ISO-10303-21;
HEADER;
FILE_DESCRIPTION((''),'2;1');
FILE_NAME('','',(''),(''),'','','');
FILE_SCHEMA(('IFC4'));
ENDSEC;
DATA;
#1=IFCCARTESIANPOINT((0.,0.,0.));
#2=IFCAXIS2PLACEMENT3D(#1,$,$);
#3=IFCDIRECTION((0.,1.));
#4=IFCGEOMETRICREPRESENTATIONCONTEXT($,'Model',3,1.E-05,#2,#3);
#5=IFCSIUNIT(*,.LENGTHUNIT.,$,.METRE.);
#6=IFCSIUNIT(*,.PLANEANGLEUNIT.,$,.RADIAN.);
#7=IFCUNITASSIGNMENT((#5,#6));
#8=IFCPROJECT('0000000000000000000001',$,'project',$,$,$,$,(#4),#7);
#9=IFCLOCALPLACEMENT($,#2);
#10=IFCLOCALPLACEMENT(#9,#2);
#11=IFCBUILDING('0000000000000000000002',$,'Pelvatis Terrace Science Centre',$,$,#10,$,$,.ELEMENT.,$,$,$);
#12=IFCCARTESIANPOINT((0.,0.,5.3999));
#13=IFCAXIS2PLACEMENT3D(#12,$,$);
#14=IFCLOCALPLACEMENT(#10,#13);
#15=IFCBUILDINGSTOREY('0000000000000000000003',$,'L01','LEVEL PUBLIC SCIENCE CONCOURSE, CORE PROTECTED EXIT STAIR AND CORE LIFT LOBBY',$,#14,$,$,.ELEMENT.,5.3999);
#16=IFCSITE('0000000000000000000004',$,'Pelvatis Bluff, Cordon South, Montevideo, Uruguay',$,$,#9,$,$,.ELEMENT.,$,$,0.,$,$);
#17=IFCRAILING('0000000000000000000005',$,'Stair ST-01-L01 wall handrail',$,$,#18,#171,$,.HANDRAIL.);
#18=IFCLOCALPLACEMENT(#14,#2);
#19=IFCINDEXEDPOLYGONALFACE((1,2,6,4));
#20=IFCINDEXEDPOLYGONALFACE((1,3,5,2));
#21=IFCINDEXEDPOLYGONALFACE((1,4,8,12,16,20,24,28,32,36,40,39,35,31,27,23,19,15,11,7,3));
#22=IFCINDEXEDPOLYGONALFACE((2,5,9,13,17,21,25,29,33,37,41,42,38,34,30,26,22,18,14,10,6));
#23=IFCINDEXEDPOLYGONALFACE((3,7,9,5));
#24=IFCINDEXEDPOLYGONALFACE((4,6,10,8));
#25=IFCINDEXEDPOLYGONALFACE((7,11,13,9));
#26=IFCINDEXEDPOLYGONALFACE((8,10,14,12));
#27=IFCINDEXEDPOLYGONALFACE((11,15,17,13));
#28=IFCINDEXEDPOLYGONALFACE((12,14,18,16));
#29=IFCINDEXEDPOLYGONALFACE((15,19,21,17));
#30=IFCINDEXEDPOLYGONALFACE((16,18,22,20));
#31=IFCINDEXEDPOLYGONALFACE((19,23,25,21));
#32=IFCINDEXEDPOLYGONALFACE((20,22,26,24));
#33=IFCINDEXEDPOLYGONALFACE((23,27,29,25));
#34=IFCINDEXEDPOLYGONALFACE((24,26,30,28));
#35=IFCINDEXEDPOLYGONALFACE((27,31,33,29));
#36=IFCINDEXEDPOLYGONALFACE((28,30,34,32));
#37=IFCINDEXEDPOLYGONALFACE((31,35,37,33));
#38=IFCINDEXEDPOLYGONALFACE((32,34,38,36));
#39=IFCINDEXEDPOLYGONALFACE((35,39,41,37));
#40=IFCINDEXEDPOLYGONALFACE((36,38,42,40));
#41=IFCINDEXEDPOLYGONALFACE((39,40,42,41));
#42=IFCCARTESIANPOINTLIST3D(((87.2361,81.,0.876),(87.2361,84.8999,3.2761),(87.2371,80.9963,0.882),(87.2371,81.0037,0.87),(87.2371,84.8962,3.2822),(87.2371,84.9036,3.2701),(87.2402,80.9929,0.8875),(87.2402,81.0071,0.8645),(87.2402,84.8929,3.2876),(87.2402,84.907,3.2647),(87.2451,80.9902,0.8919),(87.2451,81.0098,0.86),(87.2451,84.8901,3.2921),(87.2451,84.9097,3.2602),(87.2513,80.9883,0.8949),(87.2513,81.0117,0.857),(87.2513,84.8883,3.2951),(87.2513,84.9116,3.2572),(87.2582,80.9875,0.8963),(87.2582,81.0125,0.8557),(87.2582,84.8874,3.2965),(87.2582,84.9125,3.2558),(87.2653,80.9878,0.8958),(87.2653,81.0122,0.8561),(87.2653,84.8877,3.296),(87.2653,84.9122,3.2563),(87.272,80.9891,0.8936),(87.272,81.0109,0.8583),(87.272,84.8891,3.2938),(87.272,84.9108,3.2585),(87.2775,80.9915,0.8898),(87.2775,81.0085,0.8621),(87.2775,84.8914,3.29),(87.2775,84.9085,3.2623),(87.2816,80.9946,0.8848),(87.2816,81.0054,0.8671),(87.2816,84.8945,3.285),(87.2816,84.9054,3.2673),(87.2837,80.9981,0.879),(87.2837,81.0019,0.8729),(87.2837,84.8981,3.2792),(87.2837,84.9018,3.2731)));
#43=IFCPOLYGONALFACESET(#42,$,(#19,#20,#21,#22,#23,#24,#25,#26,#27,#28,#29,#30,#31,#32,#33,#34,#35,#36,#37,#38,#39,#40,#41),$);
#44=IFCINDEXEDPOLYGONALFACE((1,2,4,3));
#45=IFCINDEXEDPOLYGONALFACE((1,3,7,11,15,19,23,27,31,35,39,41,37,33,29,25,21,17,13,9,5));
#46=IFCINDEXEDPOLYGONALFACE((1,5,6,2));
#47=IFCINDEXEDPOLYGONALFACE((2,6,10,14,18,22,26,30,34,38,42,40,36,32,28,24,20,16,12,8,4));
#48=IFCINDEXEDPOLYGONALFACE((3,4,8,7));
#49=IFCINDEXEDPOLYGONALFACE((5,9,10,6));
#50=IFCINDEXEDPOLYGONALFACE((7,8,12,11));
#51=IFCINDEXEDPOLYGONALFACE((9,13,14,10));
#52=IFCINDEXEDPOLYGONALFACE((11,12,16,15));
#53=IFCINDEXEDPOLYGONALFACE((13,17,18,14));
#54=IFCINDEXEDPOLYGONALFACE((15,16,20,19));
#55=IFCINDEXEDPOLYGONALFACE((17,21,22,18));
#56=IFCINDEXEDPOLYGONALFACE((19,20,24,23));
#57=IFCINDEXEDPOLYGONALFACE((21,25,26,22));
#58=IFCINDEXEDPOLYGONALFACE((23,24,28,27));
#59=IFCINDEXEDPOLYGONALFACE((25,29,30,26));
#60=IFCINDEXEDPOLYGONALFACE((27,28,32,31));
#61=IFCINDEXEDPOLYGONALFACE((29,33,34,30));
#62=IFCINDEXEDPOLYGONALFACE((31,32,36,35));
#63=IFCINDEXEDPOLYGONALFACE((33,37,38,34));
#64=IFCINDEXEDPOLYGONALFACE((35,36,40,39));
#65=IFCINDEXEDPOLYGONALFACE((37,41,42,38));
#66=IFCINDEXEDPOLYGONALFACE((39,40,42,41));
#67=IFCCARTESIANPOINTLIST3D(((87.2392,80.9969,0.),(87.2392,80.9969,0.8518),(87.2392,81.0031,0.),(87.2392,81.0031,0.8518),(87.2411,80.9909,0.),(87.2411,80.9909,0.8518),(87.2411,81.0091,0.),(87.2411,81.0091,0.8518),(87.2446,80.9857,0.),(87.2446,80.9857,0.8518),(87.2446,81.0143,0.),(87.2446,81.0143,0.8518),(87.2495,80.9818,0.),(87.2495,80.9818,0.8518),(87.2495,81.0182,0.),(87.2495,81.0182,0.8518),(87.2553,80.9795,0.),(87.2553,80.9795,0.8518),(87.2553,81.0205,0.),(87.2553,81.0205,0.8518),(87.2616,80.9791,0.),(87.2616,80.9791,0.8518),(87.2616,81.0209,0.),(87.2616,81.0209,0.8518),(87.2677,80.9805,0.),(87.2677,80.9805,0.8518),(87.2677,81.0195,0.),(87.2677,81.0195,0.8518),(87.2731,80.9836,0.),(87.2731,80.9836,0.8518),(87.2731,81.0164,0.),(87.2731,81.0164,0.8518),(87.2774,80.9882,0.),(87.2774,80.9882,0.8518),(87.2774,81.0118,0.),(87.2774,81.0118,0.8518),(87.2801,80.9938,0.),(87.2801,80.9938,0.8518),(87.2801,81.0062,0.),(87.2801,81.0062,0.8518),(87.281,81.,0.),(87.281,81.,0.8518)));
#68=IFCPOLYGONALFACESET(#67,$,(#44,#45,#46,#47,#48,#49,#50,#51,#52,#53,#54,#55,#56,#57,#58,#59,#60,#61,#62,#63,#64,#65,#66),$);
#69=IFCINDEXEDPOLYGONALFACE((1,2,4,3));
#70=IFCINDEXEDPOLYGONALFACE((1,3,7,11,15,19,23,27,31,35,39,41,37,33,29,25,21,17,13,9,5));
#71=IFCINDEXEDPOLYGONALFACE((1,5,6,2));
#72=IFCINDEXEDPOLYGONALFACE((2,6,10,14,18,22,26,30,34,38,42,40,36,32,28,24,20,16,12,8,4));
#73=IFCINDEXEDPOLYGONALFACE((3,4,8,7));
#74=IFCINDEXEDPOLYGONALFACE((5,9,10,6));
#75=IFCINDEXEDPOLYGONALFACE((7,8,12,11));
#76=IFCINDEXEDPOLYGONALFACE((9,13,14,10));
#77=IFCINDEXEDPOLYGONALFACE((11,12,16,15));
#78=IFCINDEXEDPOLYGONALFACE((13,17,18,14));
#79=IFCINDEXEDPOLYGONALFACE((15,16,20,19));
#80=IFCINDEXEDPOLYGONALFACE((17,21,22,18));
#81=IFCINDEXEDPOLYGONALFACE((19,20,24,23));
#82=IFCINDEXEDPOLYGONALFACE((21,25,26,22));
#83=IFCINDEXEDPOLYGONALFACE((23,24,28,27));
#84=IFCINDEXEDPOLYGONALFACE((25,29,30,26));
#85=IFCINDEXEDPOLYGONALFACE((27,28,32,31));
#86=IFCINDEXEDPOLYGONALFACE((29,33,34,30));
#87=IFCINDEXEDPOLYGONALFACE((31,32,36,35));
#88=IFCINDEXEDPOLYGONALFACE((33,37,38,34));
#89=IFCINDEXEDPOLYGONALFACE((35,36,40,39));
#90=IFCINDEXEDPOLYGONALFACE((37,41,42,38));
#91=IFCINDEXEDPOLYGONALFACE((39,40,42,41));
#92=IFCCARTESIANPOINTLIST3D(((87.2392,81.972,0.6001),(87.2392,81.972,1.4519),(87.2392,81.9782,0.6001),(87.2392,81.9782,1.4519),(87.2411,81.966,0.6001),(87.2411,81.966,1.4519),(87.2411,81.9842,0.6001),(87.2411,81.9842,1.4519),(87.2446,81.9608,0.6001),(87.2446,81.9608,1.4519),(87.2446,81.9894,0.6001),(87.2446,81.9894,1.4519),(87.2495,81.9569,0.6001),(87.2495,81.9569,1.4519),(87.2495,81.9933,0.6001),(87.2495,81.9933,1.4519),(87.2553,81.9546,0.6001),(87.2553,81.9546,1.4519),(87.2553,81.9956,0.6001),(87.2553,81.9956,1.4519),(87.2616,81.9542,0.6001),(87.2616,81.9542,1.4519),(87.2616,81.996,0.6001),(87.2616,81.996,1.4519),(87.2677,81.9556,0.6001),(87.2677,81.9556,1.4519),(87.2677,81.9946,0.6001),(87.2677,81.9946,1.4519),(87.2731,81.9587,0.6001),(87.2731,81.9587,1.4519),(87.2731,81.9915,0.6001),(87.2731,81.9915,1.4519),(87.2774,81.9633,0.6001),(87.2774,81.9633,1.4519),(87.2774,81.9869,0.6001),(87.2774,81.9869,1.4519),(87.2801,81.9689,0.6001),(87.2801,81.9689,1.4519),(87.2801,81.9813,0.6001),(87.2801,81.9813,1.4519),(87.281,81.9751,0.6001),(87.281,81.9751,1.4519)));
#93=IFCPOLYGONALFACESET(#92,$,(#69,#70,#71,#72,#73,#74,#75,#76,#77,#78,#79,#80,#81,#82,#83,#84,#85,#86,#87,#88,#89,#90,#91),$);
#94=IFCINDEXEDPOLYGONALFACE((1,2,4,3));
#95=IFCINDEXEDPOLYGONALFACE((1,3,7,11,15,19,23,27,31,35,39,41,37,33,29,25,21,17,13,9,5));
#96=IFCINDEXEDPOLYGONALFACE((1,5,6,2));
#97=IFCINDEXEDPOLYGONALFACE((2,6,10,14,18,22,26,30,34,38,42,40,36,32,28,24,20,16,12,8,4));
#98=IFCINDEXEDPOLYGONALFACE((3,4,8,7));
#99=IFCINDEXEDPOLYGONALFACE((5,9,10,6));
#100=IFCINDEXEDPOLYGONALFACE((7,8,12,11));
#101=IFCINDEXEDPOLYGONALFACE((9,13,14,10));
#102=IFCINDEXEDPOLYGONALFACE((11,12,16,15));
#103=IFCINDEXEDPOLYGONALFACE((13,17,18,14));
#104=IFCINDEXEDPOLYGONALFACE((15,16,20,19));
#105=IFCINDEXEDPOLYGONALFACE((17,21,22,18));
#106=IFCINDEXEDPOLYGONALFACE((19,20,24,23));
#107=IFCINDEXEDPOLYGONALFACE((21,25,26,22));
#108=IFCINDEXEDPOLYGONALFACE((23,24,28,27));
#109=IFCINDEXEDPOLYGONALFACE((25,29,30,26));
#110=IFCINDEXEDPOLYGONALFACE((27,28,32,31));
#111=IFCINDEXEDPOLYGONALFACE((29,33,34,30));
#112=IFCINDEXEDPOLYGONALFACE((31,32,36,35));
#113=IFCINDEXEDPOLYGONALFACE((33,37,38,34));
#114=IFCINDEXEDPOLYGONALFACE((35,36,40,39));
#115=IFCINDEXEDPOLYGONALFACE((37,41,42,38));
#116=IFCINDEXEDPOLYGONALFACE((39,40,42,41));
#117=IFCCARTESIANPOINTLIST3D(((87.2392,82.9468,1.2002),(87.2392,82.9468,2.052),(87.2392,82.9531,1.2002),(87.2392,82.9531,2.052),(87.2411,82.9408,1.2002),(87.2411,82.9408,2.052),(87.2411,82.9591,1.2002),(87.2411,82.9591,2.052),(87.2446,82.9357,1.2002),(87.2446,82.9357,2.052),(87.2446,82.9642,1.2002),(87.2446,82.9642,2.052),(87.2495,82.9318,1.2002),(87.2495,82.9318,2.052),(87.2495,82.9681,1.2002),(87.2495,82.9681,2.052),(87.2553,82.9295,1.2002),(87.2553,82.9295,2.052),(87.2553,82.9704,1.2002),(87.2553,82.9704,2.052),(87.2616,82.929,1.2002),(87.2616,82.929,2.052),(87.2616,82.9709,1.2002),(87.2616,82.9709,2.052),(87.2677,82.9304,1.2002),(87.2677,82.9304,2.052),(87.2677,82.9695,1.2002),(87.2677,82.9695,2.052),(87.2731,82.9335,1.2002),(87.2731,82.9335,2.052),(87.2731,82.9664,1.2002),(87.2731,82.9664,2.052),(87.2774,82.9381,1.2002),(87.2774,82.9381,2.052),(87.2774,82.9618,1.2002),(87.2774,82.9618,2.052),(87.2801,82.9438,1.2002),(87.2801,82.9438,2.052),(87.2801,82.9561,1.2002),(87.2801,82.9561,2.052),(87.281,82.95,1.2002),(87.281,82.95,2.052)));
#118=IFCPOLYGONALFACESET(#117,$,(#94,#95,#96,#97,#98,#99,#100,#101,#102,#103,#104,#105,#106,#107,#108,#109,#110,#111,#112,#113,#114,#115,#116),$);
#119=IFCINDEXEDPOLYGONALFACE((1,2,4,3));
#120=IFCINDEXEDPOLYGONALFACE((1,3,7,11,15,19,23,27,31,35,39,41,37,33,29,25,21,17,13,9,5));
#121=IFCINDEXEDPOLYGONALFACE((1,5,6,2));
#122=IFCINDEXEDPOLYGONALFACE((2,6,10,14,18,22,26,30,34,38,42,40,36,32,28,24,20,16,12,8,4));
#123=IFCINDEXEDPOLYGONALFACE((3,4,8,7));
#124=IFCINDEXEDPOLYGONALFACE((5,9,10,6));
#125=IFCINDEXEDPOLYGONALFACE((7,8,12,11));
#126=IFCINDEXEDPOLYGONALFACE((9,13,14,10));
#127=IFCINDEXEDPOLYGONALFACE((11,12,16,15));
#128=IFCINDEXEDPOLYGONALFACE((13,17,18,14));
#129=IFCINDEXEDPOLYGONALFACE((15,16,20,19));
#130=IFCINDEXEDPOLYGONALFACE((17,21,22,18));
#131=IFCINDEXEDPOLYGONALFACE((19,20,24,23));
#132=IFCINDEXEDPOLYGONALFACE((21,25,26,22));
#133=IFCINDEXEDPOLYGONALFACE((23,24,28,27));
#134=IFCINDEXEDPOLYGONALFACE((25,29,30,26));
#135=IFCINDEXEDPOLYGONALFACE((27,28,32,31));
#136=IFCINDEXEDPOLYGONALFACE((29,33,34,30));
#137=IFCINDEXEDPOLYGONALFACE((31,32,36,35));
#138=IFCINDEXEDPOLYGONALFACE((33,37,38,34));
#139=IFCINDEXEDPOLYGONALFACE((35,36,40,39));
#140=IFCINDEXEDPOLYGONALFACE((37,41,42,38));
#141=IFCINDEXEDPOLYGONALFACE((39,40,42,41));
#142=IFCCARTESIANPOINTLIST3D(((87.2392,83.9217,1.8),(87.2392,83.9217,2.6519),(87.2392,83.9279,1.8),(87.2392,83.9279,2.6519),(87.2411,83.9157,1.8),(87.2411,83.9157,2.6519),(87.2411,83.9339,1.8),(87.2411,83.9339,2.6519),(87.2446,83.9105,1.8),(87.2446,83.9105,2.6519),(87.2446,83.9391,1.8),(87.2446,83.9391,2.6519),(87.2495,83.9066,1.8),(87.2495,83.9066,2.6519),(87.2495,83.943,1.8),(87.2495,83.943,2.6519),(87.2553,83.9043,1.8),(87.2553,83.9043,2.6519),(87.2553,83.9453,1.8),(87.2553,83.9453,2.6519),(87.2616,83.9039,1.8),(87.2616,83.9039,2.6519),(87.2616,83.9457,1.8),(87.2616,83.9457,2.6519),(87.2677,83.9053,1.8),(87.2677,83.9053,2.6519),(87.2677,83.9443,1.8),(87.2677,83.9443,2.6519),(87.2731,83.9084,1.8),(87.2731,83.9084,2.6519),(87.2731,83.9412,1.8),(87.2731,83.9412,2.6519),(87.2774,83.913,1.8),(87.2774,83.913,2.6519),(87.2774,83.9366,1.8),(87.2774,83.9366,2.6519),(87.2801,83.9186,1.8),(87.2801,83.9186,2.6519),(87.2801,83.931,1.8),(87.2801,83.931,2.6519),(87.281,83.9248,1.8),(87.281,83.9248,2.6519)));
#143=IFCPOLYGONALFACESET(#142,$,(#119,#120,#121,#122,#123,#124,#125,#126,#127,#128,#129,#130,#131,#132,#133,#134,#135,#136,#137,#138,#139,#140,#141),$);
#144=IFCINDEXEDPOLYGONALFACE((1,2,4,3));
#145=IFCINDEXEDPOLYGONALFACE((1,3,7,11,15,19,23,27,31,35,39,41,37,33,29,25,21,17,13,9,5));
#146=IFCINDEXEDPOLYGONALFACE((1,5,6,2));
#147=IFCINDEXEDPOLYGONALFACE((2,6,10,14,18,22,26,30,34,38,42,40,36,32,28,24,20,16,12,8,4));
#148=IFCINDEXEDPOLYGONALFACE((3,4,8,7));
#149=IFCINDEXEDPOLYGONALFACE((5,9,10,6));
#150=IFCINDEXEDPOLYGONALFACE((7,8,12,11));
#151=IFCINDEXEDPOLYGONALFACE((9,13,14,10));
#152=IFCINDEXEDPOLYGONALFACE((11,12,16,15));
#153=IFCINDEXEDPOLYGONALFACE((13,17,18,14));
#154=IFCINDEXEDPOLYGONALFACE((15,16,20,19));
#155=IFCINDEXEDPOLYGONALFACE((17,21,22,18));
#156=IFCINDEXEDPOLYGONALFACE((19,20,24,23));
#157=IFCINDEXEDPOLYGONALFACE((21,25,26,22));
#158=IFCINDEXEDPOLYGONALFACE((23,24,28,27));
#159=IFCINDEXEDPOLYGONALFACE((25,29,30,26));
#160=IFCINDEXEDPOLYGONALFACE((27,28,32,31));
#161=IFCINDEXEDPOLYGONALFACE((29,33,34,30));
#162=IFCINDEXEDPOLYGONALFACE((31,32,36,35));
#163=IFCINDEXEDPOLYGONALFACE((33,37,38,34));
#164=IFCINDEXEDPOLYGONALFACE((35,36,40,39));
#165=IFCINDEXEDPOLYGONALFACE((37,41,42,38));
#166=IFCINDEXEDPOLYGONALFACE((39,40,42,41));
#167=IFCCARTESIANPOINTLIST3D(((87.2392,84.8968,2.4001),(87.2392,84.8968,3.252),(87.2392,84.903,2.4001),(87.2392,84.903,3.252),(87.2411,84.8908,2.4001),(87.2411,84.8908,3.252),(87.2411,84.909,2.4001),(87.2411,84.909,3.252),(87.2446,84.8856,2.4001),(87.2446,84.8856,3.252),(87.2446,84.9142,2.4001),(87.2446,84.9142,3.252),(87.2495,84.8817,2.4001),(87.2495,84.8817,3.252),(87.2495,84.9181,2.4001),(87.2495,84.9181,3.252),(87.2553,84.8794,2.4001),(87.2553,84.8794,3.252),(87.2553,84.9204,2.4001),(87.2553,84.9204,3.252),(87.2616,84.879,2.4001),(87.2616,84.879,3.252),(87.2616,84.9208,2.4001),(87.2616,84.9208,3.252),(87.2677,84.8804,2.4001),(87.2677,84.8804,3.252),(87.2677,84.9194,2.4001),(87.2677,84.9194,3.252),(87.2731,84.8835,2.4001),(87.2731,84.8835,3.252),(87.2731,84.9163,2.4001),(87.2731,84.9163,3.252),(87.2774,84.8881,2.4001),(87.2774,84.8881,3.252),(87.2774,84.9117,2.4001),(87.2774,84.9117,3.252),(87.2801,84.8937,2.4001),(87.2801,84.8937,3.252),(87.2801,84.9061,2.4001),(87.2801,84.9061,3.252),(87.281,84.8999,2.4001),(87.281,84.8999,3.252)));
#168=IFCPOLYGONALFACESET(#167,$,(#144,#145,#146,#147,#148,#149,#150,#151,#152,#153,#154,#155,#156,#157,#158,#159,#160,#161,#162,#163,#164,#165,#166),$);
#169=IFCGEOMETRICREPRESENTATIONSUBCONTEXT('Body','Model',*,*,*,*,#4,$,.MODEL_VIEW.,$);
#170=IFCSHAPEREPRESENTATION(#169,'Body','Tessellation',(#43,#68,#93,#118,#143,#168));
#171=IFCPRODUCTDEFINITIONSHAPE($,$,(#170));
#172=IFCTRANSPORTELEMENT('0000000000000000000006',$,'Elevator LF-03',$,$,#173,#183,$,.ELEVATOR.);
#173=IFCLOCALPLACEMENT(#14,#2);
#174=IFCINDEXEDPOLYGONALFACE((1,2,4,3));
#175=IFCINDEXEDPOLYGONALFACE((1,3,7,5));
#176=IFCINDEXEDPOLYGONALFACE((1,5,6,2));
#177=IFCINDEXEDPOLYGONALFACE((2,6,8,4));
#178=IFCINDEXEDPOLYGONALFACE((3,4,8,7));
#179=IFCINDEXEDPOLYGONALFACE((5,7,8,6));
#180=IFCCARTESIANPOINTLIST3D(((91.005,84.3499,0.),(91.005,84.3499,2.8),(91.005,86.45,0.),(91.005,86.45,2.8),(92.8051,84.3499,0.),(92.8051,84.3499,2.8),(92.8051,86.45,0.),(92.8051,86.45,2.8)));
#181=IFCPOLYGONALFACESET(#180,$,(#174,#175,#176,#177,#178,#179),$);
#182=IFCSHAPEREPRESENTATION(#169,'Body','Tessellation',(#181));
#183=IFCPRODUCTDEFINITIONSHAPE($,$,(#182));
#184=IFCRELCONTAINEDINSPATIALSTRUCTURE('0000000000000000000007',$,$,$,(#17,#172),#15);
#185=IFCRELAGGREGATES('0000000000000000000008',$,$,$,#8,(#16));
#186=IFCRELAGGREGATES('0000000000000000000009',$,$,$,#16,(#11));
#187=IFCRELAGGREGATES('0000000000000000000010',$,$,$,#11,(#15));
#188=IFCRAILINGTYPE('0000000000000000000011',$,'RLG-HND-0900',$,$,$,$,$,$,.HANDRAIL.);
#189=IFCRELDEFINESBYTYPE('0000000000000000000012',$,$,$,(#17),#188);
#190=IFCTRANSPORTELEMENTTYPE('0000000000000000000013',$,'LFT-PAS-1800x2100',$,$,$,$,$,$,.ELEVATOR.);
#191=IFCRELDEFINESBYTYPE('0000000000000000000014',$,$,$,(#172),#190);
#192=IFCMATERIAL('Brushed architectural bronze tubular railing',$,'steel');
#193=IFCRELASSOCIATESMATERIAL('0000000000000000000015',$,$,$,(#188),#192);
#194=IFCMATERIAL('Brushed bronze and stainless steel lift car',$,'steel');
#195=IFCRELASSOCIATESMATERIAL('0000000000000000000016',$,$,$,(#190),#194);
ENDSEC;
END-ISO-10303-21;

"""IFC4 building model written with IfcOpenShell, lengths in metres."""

from ifc_helpers import new_model, si_unit, direction, frame, origin, origin_2d, place, context, subcontext, project, spatial, rectangle, circle, extrude, material, type_object, element, save


model = new_model("IFC4")

# Units and contexts
model_context = context("Model", 3, precision=1e-05, world=origin(), true_north=direction((0.0, 1.0)))
body_context = subcontext(model_context, "Body", "Model", "MODEL_VIEW")
ifc_project = project(units=[si_unit("LENGTHUNIT", "METRE"), si_unit("PLANEANGLEUNIT", "RADIAN")], contexts=[model_context])

# Site, building, storey
site_placement = place(None, origin())
site = spatial("IfcSite", under=ifc_project, at=site_placement, Name="Pelvatis Bluff, Cordon South, Montevideo, Uruguay", CompositionType="ELEMENT", RefElevation=0.0)
building_placement = place(site_placement, origin())
building = spatial("IfcBuilding", under=site, at=building_placement, Name="Pelvatis Terrace Science Centre", CompositionType="ELEMENT")
storey_placement = place(building_placement, frame((0.0, 0.0, 5.3999)))
storey = spatial("IfcBuildingStorey", under=building, at=storey_placement, Name="L01", Description="LEVEL PUBLIC SCIENCE CONCOURSE, CORE PROTECTED EXIT STAIR AND CORE LIFT LOBBY", CompositionType="ELEMENT", Elevation=5.3999)

# Railing
ifc_material_1 = material(Name="Brushed architectural bronze tubular railing", Category="steel")
railing_type_1 = type_object("IfcRailingType", Name="RLG-HND-0900", PredefinedType="HANDRAIL", material=ifc_material_1)
railing_1_placement = place(storey_placement, frame((87.26, 81.0, 0.0)))
element("IfcRailing", 1, at=railing_1_placement, inside=storey, type_object=railing_type_1, Name="Stair ST-01-L01 wall handrail", PredefinedType="HANDRAIL", context=body_context, shape_type="SweptSolid", body=[
    extrude(circle(Radius=0.0239, at=origin_2d()), frame((0.0, 0.0, 0.876), z_axis=(0.0, 0.851638, 0.52413), x_axis=(-1.0, 0.0, 0.0)), (0.0, 0.0, 1.0), 4.5793),
    extrude(circle(Radius=0.021, at=origin_2d()), origin(), (0.0, 0.0, 1.0), 0.8518),
    extrude(circle(Radius=0.021, at=origin_2d()), frame((0.0, 0.9751, 0.6001)), (0.0, 0.0, 1.0), 0.8518),
    extrude(circle(Radius=0.021, at=origin_2d()), frame((0.0, 1.95, 1.2002)), (0.0, 0.0, 1.0), 0.8518),
    extrude(circle(Radius=0.021, at=origin_2d()), frame((0.0, 2.9248, 1.8)), (0.0, 0.0, 1.0), 0.8518),
    extrude(circle(Radius=0.021, at=origin_2d()), frame((0.0, 3.8999, 2.4001)), (0.0, 0.0, 1.0), 0.8518),
])

# Transport element
ifc_material_2 = material(Name="Brushed bronze and stainless steel lift car", Category="steel")
transport_element_type = type_object("IfcTransportElementType", Name="LFT-PAS-1800x2100", PredefinedType="ELEVATOR", material=ifc_material_2)
transport_element_placement = place(storey_placement, frame((91.905, 85.3999, 0.0), z_axis=(0.0, 0.0, 1.0), x_axis=(1.0, 0.0, 0.0)))
element("IfcTransportElement", 2, at=transport_element_placement, inside=storey, type_object=transport_element_type, Name="Elevator LF-03", PredefinedType="ELEVATOR", context=body_context, shape_type="SweptSolid", body=[
    extrude(rectangle(XDim=1.8, YDim=2.1001, at=origin_2d()), origin(), (0.0, 0.0, 1.0), 2.8),
])

save(model, "model.ifc")
